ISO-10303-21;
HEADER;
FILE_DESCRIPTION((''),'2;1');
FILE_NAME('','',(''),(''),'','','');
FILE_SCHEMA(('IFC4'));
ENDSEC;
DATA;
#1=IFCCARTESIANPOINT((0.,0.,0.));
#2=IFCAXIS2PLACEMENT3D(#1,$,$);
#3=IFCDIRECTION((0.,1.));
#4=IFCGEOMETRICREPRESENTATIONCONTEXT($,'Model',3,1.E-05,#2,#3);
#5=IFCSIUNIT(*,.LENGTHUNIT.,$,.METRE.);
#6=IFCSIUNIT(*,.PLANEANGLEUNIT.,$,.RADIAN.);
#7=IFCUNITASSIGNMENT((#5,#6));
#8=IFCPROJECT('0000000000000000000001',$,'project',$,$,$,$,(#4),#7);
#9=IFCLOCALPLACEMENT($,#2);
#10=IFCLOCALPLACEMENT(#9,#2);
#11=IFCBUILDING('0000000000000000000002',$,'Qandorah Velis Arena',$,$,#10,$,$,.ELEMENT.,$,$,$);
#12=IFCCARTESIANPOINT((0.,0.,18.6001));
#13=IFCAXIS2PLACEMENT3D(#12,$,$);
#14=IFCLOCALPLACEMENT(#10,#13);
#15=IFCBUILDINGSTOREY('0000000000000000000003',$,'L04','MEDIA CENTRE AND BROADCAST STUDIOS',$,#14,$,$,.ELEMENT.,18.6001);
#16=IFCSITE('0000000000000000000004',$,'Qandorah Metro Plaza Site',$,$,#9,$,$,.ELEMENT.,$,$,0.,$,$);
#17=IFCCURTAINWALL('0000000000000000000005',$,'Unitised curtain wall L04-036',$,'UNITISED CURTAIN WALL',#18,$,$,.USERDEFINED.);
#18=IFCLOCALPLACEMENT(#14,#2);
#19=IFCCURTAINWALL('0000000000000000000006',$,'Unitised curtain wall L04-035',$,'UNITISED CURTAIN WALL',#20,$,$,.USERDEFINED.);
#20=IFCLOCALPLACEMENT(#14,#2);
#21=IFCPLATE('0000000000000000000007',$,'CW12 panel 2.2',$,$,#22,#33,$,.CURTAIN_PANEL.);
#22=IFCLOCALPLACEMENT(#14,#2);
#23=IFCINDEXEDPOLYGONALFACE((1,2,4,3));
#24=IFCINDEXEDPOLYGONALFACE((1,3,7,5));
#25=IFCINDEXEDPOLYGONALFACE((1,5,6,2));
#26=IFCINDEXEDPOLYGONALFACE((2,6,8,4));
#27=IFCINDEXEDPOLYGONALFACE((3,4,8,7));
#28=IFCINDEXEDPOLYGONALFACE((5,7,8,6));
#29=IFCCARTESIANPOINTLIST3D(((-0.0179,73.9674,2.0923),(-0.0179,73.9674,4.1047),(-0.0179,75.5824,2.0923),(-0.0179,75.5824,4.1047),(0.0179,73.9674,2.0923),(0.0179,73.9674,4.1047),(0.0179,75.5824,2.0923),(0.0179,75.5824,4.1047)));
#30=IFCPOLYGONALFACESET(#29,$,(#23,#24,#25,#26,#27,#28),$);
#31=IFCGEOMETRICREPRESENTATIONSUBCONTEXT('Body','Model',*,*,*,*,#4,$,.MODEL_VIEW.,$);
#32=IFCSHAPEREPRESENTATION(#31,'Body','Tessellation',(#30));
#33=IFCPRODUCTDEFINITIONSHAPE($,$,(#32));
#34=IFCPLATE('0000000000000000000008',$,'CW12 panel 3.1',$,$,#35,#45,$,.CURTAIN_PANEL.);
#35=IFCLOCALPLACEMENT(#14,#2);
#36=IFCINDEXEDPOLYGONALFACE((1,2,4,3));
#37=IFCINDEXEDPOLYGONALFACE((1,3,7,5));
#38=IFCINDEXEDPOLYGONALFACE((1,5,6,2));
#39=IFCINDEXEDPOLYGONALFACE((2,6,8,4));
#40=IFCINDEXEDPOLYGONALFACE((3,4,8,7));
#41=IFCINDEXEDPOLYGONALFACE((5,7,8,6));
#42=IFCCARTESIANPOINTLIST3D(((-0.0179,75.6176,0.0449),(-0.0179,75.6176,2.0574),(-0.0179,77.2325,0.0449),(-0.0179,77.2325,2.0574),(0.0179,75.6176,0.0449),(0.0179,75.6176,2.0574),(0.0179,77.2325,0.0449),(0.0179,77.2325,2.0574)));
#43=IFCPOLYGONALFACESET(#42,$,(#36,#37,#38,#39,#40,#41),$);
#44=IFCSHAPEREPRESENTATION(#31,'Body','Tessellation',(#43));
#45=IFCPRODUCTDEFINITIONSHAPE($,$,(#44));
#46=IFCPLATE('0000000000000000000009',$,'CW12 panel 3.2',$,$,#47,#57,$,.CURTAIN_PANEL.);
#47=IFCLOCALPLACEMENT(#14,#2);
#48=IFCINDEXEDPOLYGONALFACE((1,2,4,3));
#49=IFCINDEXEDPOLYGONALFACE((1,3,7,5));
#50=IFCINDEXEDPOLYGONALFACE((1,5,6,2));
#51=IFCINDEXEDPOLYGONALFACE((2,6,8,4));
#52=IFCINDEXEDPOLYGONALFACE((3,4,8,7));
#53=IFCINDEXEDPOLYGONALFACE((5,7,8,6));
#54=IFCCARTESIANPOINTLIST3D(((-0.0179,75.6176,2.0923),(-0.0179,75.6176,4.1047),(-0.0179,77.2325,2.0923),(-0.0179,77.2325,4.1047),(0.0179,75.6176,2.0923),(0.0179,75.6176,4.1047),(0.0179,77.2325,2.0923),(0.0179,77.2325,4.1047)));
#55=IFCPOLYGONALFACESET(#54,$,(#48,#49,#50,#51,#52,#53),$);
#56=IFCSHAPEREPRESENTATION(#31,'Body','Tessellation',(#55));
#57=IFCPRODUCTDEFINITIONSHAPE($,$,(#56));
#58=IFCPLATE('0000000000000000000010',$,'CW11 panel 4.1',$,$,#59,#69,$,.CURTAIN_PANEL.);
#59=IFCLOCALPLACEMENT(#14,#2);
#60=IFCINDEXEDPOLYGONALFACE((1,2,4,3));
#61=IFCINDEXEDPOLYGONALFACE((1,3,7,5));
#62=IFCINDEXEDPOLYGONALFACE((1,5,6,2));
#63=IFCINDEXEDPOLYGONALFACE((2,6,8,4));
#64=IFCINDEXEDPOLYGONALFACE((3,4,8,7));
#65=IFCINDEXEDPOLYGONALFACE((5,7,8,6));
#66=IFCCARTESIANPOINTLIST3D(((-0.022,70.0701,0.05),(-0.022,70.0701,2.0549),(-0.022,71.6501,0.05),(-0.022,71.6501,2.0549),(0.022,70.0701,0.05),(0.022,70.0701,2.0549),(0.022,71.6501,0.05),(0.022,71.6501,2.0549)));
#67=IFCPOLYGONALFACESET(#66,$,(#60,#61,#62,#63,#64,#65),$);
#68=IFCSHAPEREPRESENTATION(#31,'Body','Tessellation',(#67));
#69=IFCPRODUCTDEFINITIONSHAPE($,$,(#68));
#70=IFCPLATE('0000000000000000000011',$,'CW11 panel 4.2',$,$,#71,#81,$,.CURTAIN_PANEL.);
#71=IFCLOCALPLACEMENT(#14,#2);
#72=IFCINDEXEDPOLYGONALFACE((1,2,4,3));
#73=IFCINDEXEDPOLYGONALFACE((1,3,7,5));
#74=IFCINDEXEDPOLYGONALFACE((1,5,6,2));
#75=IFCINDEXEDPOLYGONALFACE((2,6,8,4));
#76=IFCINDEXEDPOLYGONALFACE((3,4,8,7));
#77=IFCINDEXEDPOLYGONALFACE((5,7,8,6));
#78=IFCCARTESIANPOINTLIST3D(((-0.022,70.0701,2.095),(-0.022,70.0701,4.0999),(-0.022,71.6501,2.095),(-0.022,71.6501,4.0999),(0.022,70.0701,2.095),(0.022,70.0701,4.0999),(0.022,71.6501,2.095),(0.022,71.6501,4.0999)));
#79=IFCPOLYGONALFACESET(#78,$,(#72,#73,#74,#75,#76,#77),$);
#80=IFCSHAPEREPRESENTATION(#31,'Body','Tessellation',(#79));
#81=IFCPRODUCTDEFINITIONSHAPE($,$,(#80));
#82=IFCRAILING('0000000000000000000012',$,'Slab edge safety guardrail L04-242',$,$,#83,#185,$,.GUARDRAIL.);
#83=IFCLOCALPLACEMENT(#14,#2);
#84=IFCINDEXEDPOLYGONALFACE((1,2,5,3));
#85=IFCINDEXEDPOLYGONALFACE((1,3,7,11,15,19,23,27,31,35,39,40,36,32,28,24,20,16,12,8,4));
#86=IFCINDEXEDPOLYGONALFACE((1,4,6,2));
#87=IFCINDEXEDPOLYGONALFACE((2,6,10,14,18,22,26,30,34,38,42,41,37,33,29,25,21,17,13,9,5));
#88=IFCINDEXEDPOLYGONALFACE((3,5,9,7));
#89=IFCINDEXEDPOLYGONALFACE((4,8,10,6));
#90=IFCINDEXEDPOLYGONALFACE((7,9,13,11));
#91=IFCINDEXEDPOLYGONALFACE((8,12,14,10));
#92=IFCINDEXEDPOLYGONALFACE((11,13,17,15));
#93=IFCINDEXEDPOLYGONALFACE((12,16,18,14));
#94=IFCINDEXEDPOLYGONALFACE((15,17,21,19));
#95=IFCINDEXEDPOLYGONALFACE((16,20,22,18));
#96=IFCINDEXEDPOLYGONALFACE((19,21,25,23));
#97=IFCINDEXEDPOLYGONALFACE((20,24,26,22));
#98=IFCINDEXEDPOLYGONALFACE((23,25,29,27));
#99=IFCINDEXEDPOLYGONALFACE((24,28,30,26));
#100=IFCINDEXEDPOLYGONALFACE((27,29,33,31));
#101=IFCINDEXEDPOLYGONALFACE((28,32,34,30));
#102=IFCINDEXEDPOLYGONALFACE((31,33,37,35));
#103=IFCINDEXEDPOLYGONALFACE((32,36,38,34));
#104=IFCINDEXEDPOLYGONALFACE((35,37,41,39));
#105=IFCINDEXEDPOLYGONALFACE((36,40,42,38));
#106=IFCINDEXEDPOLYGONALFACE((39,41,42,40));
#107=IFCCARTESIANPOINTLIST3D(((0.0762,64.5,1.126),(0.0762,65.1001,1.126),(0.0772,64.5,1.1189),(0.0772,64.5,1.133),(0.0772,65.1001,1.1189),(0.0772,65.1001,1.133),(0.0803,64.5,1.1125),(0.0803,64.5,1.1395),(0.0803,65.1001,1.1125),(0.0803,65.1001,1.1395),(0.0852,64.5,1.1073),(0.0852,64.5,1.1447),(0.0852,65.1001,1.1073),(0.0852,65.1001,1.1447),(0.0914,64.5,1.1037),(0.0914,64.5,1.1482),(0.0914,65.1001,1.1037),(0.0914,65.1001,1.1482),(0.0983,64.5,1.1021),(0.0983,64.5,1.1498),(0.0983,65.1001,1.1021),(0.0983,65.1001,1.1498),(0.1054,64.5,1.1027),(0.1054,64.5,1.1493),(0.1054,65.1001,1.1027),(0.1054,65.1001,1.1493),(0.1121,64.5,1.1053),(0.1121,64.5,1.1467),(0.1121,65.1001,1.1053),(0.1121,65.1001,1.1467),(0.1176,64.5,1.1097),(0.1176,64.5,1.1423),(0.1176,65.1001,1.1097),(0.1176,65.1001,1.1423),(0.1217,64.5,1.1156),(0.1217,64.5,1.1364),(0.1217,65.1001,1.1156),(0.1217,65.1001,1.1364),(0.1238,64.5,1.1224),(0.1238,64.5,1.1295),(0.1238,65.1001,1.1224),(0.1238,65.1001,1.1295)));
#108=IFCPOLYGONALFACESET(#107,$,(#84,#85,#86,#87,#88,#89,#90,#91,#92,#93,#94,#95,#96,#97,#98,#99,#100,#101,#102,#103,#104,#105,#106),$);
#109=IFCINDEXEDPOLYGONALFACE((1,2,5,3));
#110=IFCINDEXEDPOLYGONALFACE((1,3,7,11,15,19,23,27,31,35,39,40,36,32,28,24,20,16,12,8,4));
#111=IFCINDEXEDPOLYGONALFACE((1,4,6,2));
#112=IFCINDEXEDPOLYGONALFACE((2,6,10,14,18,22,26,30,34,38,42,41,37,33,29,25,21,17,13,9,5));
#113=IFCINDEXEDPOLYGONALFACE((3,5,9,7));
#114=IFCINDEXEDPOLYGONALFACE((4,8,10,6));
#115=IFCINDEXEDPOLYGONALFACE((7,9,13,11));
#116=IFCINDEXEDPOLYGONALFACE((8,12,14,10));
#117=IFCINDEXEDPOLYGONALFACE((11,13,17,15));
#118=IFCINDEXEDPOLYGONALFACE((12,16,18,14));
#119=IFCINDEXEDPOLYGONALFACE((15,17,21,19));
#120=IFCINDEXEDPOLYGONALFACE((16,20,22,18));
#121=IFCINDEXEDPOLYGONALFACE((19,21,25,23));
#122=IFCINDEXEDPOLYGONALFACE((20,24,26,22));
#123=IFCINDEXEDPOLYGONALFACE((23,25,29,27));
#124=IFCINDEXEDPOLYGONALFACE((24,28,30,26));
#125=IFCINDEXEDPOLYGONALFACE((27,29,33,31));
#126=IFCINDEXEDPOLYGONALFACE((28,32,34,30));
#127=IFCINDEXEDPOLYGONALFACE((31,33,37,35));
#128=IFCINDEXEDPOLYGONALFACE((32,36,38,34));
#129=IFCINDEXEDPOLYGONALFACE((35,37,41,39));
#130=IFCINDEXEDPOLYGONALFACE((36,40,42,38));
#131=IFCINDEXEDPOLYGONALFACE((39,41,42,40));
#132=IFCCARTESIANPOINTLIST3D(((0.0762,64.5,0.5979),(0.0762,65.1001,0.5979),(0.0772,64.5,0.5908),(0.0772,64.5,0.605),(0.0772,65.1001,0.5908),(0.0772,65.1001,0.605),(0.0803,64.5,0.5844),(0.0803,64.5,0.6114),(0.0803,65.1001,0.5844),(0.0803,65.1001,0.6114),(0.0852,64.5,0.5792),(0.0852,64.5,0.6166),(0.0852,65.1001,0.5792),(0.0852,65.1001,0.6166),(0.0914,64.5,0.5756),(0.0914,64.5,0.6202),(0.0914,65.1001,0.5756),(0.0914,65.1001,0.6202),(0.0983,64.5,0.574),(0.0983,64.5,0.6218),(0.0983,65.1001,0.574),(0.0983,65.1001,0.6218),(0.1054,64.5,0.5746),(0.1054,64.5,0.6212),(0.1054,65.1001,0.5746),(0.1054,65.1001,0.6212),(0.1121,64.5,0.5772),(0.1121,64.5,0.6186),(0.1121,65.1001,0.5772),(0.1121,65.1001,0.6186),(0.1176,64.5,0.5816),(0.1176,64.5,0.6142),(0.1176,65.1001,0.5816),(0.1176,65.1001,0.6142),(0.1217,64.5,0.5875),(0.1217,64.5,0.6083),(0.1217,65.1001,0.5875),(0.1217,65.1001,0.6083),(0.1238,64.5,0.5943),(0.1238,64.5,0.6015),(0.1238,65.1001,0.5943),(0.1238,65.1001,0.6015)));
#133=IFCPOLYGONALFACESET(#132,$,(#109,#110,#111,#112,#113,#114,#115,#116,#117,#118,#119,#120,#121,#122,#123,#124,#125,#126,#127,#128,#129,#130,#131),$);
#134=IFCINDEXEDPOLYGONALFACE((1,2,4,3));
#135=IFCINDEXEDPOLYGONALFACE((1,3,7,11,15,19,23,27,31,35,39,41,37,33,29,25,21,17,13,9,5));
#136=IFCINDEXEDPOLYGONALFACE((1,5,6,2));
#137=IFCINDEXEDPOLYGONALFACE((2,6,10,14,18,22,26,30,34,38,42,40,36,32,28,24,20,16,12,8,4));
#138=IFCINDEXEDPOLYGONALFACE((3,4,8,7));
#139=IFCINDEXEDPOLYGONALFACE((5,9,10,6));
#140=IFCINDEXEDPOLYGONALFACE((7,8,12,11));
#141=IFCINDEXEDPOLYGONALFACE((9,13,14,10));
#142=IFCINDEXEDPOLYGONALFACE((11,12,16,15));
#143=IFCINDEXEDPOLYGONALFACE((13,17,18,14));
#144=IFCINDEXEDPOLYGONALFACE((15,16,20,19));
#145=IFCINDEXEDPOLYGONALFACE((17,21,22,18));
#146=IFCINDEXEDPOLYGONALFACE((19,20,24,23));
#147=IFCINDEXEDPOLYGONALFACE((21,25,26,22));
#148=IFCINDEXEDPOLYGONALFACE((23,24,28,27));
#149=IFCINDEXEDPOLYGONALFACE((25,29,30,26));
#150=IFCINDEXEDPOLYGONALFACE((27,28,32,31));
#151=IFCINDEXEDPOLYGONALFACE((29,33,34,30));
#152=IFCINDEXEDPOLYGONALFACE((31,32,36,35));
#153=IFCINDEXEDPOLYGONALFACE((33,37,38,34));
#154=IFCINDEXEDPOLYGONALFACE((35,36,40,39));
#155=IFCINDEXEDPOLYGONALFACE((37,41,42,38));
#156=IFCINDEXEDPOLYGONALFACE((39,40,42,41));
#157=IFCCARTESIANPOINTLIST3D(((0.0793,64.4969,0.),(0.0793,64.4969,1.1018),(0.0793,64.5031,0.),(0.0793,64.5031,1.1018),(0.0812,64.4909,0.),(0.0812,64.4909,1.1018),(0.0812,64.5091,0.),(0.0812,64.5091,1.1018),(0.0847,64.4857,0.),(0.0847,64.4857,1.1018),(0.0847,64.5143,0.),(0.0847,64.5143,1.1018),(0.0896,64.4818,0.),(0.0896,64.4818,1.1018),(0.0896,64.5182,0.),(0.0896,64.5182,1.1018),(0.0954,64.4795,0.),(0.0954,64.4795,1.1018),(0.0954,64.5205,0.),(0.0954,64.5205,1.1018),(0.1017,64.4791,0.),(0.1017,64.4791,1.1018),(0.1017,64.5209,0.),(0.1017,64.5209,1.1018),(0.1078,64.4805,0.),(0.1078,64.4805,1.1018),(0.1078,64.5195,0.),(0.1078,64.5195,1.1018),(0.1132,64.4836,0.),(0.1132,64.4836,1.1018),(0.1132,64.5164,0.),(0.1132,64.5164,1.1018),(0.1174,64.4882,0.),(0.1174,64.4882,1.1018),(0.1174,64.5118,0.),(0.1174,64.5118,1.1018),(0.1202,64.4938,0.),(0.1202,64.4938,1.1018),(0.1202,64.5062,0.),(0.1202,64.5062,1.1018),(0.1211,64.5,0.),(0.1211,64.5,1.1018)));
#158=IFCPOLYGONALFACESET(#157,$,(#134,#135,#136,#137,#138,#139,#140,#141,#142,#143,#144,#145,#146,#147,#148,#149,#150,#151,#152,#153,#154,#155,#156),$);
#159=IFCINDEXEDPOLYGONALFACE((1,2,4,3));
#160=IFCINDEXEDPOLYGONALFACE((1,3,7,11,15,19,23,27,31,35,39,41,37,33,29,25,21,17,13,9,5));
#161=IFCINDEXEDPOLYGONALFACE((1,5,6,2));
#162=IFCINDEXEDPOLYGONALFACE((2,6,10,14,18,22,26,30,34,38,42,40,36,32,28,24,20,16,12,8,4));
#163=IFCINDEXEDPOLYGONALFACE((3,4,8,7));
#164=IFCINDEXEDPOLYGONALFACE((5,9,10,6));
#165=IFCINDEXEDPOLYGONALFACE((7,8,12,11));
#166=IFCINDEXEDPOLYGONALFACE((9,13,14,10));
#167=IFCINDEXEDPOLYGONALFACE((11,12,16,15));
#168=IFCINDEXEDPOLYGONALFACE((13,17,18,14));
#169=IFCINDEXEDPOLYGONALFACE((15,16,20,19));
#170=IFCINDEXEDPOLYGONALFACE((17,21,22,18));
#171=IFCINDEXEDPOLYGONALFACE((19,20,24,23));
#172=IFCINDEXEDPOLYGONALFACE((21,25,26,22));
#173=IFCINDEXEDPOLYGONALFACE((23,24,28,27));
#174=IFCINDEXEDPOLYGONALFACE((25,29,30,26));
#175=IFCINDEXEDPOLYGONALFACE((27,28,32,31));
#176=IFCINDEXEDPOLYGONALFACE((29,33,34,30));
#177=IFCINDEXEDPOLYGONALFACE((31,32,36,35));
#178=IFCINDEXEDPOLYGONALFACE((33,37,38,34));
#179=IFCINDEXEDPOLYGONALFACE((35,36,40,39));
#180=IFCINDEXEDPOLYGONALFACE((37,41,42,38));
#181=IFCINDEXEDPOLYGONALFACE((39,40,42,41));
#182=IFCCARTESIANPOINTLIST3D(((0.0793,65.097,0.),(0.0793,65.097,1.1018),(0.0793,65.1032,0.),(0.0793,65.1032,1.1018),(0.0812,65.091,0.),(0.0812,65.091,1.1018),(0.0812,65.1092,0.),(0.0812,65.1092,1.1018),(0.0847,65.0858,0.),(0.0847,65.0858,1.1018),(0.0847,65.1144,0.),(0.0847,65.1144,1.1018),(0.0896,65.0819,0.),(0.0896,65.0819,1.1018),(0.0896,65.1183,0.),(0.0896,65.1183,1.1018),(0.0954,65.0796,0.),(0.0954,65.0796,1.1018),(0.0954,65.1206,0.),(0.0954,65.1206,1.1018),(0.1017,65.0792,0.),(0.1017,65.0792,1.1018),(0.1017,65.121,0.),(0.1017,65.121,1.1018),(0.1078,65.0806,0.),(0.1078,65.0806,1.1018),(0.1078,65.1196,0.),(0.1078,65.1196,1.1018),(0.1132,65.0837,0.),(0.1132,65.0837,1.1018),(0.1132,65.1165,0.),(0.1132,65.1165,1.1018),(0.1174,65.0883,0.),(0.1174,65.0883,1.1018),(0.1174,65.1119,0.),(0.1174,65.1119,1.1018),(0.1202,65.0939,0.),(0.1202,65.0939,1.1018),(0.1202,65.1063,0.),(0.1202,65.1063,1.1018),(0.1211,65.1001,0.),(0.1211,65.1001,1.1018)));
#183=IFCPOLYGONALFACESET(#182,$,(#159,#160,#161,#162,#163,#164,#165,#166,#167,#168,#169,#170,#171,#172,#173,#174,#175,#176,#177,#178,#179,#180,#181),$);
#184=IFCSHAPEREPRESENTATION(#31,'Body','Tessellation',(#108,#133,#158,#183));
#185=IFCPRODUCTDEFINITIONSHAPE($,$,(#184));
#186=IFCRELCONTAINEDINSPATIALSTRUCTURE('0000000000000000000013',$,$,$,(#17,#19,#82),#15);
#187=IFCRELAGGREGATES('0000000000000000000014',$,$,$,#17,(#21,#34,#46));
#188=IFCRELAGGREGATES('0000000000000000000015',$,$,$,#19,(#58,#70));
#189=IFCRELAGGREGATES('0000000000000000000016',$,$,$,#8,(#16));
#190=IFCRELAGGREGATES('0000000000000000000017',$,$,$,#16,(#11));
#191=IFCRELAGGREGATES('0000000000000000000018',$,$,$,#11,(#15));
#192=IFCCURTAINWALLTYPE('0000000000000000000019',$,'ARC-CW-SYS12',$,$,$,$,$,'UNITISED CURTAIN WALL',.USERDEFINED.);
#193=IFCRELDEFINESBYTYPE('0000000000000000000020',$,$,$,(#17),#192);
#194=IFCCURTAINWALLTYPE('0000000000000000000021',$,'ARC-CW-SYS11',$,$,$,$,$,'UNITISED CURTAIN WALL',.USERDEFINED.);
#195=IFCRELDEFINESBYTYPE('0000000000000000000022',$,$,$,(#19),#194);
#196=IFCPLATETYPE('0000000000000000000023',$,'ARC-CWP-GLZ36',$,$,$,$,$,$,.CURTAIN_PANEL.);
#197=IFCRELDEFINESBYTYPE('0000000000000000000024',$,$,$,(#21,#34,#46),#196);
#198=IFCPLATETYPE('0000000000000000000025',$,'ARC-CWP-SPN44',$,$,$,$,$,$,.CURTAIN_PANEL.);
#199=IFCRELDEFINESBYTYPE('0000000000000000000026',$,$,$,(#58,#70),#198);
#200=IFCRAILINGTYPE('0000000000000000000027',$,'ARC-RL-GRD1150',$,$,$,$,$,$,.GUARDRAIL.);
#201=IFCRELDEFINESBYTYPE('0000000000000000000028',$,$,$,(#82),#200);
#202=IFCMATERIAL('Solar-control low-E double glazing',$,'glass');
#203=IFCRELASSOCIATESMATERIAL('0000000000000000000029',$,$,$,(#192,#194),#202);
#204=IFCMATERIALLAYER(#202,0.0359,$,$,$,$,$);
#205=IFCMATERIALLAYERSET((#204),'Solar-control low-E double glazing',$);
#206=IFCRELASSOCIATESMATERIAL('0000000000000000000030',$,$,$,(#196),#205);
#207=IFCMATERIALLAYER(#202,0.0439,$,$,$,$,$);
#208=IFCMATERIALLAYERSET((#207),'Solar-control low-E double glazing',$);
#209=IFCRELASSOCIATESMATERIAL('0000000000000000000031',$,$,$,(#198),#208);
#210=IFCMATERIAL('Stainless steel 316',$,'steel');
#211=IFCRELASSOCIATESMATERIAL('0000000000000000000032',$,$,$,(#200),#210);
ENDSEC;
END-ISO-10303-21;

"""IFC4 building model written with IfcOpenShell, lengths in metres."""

from ifc_helpers import new_model, si_unit, direction, frame, origin, origin_2d, place, context, subcontext, project, spatial, rectangle, circle, extrude, material, layer, layer_set, type_object, element, aggregate, save


model = new_model("IFC4")

# Units and contexts
model_context = context("Model", 3, precision=1e-05, world=origin(), true_north=direction((0.0, 1.0)))
body_context = subcontext(model_context, "Body", "Model", "MODEL_VIEW")
ifc_project = project(units=[si_unit("LENGTHUNIT", "METRE"), si_unit("PLANEANGLEUNIT", "RADIAN")], contexts=[model_context])

# Site, building, storey
site_placement = place(None, origin())
site = spatial("IfcSite", under=ifc_project, at=site_placement, Name="Qandorah Metro Plaza Site", CompositionType="ELEMENT", RefElevation=0.0)
building_placement = place(site_placement, origin())
building = spatial("IfcBuilding", under=site, at=building_placement, Name="Qandorah Velis Arena", CompositionType="ELEMENT")
storey_placement = place(building_placement, frame((0.0, 0.0, 18.6001)))
storey = spatial("IfcBuildingStorey", under=building, at=storey_placement, Name="L04", Description="MEDIA CENTRE AND BROADCAST STUDIOS", CompositionType="ELEMENT", Elevation=18.6001)

# Curtain wall
ifc_material_1 = material(Name="Solar-control low-E double glazing", Category="glass")
curtain_wall_type_1 = type_object("IfcCurtainWallType", Name="ARC-CW-SYS12", ElementType="UNITISED CURTAIN WALL", PredefinedType="USERDEFINED", material=ifc_material_1)
curtain_wall_1_placement = place(storey_placement, origin())
curtain_wall_1 = element("IfcCurtainWall", 1, at=curtain_wall_1_placement, inside=storey, type_object=curtain_wall_type_1, Name="Unitised curtain wall L04-036", ObjectType="UNITISED CURTAIN WALL", PredefinedType="USERDEFINED")

# Curtain wall
curtain_wall_type_2 = type_object("IfcCurtainWallType", Name="ARC-CW-SYS11", ElementType="UNITISED CURTAIN WALL", PredefinedType="USERDEFINED", material=ifc_material_1)
curtain_wall_2_placement = place(storey_placement, origin())
curtain_wall_2 = element("IfcCurtainWall", 2, at=curtain_wall_2_placement, inside=storey, type_object=curtain_wall_type_2, Name="Unitised curtain wall L04-035", ObjectType="UNITISED CURTAIN WALL", PredefinedType="USERDEFINED")

# Plates
ifc_layer_1 = layer(ifc_material_1, 0.0359)
ifc_layer_set_1 = layer_set([ifc_layer_1], Name="Solar-control low-E double glazing")
plate_type_1 = type_object("IfcPlateType", Name="ARC-CWP-GLZ36", PredefinedType="CURTAIN_PANEL", material=ifc_layer_set_1)
plate_1_placement = place(storey_placement, frame((0.0, 74.7749, 2.0923), z_axis=(0.0, 0.0, 1.0), x_axis=(0.0, 1.0, 0.0)))
plate_1 = element("IfcPlate", 3, at=plate_1_placement, type_object=plate_type_1, Name="CW12 panel 2.2", PredefinedType="CURTAIN_PANEL", context=body_context, shape_type="SweptSolid", body=[
    extrude(rectangle(XDim=1.615, YDim=0.0359, at=origin_2d()), origin(), (0.0, 0.0, 1.0), 2.0125),
])
plate_2_placement = place(storey_placement, frame((0.0, 76.425, 0.0449), z_axis=(0.0, 0.0, 1.0), x_axis=(0.0, 1.0, 0.0)))
plate_2 = element("IfcPlate", 4, at=plate_2_placement, type_object=plate_type_1, Name="CW12 panel 3.1", PredefinedType="CURTAIN_PANEL", context=body_context, shape_type="SweptSolid", body=[
    extrude(rectangle(XDim=1.615, YDim=0.0359, at=origin_2d()), origin(), (0.0, 0.0, 1.0), 2.0125),
])
plate_3_placement = place(storey_placement, frame((0.0, 76.425, 2.0923), z_axis=(0.0, 0.0, 1.0), x_axis=(0.0, 1.0, 0.0)))
plate_3 = element("IfcPlate", 5, at=plate_3_placement, type_object=plate_type_1, Name="CW12 panel 3.2", PredefinedType="CURTAIN_PANEL", context=body_context, shape_type="SweptSolid", body=[
    extrude(rectangle(XDim=1.615, YDim=0.0359, at=origin_2d()), origin(), (0.0, 0.0, 1.0), 2.0125),
])
aggregate(curtain_wall_1, [plate_1, plate_2, plate_3])
ifc_layer_2 = layer(ifc_material_1, 0.0439)
ifc_layer_set_2 = layer_set([ifc_layer_2], Name="Solar-control low-E double glazing")
plate_type_2 = type_object("IfcPlateType", Name="ARC-CWP-SPN44", PredefinedType="CURTAIN_PANEL", material=ifc_layer_set_2)
plate_4_placement = place(storey_placement, frame((0.0, 70.8601, 0.05), z_axis=(0.0, 0.0, 1.0), x_axis=(0.0, 1.0, 0.0)))
plate_4 = element("IfcPlate", 6, at=plate_4_placement, type_object=plate_type_2, Name="CW11 panel 4.1", PredefinedType="CURTAIN_PANEL", context=body_context, shape_type="SweptSolid", body=[
    extrude(rectangle(XDim=1.5801, YDim=0.0439, at=origin_2d()), origin(), (0.0, 0.0, 1.0), 2.0049),
])
plate_5_placement = place(storey_placement, frame((0.0, 70.8601, 2.095), z_axis=(0.0, 0.0, 1.0), x_axis=(0.0, 1.0, 0.0)))
plate_5 = element("IfcPlate", 7, at=plate_5_placement, type_object=plate_type_2, Name="CW11 panel 4.2", PredefinedType="CURTAIN_PANEL", context=body_context, shape_type="SweptSolid", body=[
    extrude(rectangle(XDim=1.5801, YDim=0.0439, at=origin_2d()), origin(), (0.0, 0.0, 1.0), 2.0049),
])
aggregate(curtain_wall_2, [plate_4, plate_5])

# Railing
ifc_material_2 = material(Name="Stainless steel 316", Category="steel")
railing_type = type_object("IfcRailingType", Name="ARC-RL-GRD1150", PredefinedType="GUARDRAIL", material=ifc_material_2)
for number, where, name in (
    (8, (0.1001, 64.5, 0.0), "Slab edge safety guardrail L04-242"),
):
    element("IfcRailing", number, at=place(storey_placement, frame(where)), inside=storey, type_object=railing_type, Name=name, PredefinedType="GUARDRAIL", context=body_context, shape_type="SweptSolid", body=[
        extrude(circle(Radius=0.0239, at=origin_2d()), frame((0.0, 0.0, 1.126), z_axis=(0.0, 1.0, 0.0), x_axis=(-1.0, 0.0, 0.0)), (0.0, 0.0, 1.0), 0.6001),
        extrude(circle(Radius=0.0239, at=origin_2d()), frame((0.0, 0.0, 0.5979), z_axis=(0.0, 1.0, 0.0), x_axis=(-1.0, 0.0, 0.0)), (0.0, 0.0, 1.0), 0.6001),
        extrude(circle(Radius=0.021, at=origin_2d()), origin(), (0.0, 0.0, 1.0), 1.1018),
        extrude(circle(Radius=0.021, at=origin_2d()), frame((0.0, 0.6001, 0.0)), (0.0, 0.0, 1.0), 1.1018),
    ])

save(model, "model.ifc")
